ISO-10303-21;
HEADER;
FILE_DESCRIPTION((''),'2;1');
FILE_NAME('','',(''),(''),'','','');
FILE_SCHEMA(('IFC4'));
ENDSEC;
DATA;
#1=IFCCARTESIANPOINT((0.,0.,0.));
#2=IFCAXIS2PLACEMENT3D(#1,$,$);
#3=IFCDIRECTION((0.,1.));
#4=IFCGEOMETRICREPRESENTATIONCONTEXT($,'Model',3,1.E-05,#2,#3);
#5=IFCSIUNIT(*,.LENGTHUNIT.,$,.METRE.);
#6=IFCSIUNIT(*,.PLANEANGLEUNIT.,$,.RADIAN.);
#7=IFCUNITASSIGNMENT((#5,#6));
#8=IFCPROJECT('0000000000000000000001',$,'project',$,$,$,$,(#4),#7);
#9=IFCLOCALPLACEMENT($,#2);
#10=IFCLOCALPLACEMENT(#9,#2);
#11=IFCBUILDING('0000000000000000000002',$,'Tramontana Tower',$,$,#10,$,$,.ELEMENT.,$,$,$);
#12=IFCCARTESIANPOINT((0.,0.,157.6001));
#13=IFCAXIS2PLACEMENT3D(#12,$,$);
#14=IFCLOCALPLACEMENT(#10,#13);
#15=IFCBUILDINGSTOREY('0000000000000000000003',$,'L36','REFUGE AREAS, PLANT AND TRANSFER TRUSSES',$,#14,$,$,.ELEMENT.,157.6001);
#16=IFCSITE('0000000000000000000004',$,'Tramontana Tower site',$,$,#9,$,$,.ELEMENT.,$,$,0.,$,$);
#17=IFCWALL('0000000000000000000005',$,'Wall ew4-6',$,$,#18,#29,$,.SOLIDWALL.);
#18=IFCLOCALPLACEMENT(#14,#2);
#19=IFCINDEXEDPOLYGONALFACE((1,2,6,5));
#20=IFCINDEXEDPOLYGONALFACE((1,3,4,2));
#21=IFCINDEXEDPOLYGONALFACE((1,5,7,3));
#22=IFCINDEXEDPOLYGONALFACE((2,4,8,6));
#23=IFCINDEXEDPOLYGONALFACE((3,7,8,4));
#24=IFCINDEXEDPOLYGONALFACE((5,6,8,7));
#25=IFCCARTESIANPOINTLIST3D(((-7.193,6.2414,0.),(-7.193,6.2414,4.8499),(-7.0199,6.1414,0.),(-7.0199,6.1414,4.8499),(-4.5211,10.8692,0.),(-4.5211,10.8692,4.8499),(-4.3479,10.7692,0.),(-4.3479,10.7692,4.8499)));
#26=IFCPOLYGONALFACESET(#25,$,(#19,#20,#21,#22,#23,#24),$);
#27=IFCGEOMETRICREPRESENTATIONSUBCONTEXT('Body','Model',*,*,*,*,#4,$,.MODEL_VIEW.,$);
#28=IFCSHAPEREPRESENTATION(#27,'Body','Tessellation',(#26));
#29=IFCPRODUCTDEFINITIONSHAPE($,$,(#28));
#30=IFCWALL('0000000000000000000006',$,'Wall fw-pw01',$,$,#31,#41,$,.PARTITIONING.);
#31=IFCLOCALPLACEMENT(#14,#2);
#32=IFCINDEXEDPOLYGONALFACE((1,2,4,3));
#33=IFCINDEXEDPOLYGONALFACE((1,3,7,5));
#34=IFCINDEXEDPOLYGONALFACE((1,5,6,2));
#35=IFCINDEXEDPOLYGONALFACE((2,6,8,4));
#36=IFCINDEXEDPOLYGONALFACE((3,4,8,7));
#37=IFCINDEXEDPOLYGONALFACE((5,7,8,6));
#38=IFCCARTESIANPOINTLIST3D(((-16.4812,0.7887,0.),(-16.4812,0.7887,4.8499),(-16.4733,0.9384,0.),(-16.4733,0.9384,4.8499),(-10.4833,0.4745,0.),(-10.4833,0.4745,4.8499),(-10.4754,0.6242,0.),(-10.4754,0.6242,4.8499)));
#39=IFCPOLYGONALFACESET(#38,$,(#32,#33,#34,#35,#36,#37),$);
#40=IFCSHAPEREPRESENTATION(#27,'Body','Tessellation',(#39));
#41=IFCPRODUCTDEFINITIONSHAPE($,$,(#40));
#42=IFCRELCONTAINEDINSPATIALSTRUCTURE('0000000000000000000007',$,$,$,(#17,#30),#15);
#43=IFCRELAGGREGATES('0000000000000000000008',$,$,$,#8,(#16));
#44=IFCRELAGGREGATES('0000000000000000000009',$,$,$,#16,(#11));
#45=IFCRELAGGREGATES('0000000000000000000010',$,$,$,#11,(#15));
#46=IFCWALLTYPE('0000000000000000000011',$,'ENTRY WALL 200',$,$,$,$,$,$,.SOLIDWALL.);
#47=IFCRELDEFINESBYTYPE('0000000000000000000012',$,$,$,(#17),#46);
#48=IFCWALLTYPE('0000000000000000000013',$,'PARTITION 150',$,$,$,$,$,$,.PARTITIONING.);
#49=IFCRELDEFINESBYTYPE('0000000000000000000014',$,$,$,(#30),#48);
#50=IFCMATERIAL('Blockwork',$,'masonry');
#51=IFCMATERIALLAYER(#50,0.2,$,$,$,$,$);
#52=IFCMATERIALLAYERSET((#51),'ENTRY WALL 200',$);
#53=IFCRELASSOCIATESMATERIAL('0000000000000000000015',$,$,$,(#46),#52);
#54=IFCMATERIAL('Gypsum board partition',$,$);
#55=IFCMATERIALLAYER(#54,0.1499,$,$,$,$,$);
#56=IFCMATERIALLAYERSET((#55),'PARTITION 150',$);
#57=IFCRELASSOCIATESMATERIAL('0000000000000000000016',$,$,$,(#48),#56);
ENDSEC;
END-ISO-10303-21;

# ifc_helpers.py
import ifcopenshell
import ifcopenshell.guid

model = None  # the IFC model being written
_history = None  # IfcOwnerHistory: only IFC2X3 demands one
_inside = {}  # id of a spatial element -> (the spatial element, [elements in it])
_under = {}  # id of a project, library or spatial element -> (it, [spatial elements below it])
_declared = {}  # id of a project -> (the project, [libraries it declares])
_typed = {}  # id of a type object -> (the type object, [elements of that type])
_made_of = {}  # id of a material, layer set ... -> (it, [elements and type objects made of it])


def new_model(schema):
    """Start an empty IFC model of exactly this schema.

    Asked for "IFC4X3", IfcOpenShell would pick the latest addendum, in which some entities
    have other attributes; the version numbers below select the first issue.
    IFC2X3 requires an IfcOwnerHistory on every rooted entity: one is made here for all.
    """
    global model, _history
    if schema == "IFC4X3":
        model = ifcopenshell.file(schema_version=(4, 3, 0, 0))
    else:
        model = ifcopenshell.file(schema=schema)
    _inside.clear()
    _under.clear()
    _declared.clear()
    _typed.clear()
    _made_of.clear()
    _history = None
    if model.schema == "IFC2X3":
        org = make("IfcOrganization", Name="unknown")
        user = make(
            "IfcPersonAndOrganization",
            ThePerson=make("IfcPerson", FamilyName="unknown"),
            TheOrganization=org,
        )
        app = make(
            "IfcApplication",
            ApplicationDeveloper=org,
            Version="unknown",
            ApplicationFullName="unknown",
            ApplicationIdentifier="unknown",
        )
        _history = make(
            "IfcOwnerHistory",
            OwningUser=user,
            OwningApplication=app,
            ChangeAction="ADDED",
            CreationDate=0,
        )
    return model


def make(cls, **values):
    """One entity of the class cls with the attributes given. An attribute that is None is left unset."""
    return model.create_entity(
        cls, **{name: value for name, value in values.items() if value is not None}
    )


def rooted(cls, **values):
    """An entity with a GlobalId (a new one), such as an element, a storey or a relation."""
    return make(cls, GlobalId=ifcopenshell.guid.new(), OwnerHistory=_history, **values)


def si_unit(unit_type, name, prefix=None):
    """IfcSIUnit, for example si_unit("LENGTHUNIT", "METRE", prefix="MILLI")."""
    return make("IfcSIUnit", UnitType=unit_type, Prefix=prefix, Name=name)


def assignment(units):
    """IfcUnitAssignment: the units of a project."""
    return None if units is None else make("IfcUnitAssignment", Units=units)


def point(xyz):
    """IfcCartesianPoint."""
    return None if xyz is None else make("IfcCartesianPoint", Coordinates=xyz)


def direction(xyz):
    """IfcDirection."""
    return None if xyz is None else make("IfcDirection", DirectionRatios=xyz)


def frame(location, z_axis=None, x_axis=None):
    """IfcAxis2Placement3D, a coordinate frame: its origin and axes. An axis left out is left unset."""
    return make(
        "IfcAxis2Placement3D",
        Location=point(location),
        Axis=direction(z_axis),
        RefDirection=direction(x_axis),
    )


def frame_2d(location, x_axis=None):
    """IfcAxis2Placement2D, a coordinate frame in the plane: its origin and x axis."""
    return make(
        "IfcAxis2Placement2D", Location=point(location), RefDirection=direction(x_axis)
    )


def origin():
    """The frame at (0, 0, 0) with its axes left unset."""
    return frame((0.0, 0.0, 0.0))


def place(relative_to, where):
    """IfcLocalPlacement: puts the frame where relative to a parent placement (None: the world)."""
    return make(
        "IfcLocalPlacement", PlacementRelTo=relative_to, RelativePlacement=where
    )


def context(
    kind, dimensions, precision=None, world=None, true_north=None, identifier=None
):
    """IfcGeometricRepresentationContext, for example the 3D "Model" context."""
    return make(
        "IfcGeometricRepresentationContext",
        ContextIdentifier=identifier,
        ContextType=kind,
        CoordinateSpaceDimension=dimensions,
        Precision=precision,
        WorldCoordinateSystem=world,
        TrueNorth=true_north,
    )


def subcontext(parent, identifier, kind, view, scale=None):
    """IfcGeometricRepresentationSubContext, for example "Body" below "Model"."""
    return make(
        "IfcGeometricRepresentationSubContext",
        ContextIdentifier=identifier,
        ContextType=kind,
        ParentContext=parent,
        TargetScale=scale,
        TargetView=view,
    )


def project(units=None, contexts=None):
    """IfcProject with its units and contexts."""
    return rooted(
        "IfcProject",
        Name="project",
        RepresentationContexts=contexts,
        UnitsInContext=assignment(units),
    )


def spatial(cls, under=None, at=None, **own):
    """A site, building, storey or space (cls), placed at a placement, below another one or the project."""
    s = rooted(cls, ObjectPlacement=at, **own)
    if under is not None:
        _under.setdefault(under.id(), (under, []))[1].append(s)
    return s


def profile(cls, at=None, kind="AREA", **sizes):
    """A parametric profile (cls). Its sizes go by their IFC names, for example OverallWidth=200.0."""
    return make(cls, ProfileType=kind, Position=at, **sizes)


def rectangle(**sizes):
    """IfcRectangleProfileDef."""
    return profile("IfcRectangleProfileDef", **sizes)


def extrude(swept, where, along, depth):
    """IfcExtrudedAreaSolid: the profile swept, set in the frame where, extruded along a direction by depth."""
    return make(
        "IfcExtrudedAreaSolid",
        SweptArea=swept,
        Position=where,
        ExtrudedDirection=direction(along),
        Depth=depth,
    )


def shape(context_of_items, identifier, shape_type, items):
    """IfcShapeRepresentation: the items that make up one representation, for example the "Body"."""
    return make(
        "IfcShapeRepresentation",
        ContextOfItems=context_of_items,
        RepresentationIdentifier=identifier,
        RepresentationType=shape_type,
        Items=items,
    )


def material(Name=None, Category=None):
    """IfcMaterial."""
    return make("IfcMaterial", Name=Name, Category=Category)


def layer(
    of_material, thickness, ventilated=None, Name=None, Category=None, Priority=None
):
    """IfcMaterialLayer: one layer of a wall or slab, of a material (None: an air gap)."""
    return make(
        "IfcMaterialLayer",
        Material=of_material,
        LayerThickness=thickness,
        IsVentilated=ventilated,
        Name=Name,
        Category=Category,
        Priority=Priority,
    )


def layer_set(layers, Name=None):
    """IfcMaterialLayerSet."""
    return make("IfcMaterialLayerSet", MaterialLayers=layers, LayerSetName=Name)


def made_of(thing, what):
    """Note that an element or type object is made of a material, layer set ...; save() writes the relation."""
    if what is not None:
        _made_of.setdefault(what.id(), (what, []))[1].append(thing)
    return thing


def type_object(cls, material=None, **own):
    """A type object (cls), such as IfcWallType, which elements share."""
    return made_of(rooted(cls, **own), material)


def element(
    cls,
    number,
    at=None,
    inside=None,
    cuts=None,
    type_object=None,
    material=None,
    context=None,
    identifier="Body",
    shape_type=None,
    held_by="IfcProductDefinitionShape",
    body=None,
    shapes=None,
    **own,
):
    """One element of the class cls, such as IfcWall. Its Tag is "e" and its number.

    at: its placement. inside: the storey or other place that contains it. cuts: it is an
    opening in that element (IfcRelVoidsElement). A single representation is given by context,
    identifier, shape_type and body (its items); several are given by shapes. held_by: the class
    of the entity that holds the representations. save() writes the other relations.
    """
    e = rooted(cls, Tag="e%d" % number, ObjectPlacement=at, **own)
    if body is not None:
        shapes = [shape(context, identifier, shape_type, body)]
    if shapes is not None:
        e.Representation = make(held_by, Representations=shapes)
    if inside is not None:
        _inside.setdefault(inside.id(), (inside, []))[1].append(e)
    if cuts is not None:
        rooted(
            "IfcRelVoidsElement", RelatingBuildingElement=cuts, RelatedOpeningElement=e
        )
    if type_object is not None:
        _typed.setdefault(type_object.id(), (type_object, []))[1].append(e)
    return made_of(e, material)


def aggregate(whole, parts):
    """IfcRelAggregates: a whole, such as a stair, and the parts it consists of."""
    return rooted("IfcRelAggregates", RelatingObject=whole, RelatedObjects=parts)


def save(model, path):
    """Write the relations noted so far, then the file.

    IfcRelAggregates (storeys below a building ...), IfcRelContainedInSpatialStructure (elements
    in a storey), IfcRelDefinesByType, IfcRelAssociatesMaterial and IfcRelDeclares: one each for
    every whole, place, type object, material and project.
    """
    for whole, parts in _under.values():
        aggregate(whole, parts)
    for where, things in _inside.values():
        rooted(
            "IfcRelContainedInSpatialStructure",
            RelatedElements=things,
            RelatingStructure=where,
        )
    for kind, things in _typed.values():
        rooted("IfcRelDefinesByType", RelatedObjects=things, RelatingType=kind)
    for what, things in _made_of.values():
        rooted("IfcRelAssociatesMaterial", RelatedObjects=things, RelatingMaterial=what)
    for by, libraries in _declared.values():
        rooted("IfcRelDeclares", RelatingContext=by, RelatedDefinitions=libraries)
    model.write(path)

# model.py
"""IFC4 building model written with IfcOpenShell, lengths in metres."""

from ifc_helpers import new_model, si_unit, direction, frame, frame_2d, origin, place, context, subcontext, project, spatial, rectangle, extrude, material, layer, layer_set, type_object, element, save


model = new_model("IFC4")

# Units and contexts
model_context = context("Model", 3, precision=1e-05, world=origin(), true_north=direction((0.0, 1.0)))
body_context = subcontext(model_context, "Body", "Model", "MODEL_VIEW")
ifc_project = project(units=[si_unit("LENGTHUNIT", "METRE"), si_unit("PLANEANGLEUNIT", "RADIAN")], contexts=[model_context])

# Site, building, storey
site_placement = place(None, origin())
site = spatial("IfcSite", under=ifc_project, at=site_placement, Name="Tramontana Tower site", CompositionType="ELEMENT", RefElevation=0.0)
building_placement = place(site_placement, origin())
building = spatial("IfcBuilding", under=site, at=building_placement, Name="Tramontana Tower", CompositionType="ELEMENT")
storey_placement = place(building_placement, frame((0.0, 0.0, 157.6001)))
storey = spatial("IfcBuildingStorey", under=building, at=storey_placement, Name="L36", Description="REFUGE AREAS, PLANT AND TRANSFER TRUSSES", CompositionType="ELEMENT", Elevation=157.6001)

# Shared definitions
ifc_material_1 = material(Name="Blockwork", Category="masonry")
ifc_layer_1 = layer(ifc_material_1, 0.2)
ifc_layer_set_1 = layer_set([ifc_layer_1], Name="ENTRY WALL 200")
wall_type_1 = type_object("IfcWallType", Name="ENTRY WALL 200", PredefinedType="SOLIDWALL", material=ifc_layer_set_1)

# Walls
wall_1_placement = place(storey_placement, frame((-7.1064, 6.1914, 0.0), z_axis=(0.0, 0.0, 1.0), x_axis=(0.500011, 0.866019, 0.0)))
element("IfcWall", 1, at=wall_1_placement, inside=storey, type_object=wall_type_1, Name="Wall ew4-6", PredefinedType="SOLIDWALL", context=body_context, shape_type="SweptSolid", body=[
    extrude(rectangle(XDim=5.3438, YDim=0.2, at=frame_2d((2.6719, 0.0))), origin(), (0.0, 0.0, 1.0), 4.8499),
])
ifc_material_2 = material(Name="Gypsum board partition")
ifc_layer_2 = layer(ifc_material_2, 0.1499)
ifc_layer_set_2 = layer_set([ifc_layer_2], Name="PARTITION 150")
wall_type_2 = type_object("IfcWallType", Name="PARTITION 150", PredefinedType="PARTITIONING", material=ifc_layer_set_2)
wall_2_placement = place(storey_placement, frame((-10.4795, 0.5493, 0.0), z_axis=(0.0, 0.0, 1.0), x_axis=(-0.998631, 0.052316, 0.0)))
element("IfcWall", 2, at=wall_2_placement, inside=storey, type_object=wall_type_2, Name="Wall fw-pw01", PredefinedType="PARTITIONING", context=body_context, shape_type="SweptSolid", body=[
    extrude(rectangle(XDim=6.0061, YDim=0.1499, at=frame_2d((3.0029, 0.0))), origin(), (0.0, 0.0, 1.0), 4.8499),
])

save(model, "model.ifc")
